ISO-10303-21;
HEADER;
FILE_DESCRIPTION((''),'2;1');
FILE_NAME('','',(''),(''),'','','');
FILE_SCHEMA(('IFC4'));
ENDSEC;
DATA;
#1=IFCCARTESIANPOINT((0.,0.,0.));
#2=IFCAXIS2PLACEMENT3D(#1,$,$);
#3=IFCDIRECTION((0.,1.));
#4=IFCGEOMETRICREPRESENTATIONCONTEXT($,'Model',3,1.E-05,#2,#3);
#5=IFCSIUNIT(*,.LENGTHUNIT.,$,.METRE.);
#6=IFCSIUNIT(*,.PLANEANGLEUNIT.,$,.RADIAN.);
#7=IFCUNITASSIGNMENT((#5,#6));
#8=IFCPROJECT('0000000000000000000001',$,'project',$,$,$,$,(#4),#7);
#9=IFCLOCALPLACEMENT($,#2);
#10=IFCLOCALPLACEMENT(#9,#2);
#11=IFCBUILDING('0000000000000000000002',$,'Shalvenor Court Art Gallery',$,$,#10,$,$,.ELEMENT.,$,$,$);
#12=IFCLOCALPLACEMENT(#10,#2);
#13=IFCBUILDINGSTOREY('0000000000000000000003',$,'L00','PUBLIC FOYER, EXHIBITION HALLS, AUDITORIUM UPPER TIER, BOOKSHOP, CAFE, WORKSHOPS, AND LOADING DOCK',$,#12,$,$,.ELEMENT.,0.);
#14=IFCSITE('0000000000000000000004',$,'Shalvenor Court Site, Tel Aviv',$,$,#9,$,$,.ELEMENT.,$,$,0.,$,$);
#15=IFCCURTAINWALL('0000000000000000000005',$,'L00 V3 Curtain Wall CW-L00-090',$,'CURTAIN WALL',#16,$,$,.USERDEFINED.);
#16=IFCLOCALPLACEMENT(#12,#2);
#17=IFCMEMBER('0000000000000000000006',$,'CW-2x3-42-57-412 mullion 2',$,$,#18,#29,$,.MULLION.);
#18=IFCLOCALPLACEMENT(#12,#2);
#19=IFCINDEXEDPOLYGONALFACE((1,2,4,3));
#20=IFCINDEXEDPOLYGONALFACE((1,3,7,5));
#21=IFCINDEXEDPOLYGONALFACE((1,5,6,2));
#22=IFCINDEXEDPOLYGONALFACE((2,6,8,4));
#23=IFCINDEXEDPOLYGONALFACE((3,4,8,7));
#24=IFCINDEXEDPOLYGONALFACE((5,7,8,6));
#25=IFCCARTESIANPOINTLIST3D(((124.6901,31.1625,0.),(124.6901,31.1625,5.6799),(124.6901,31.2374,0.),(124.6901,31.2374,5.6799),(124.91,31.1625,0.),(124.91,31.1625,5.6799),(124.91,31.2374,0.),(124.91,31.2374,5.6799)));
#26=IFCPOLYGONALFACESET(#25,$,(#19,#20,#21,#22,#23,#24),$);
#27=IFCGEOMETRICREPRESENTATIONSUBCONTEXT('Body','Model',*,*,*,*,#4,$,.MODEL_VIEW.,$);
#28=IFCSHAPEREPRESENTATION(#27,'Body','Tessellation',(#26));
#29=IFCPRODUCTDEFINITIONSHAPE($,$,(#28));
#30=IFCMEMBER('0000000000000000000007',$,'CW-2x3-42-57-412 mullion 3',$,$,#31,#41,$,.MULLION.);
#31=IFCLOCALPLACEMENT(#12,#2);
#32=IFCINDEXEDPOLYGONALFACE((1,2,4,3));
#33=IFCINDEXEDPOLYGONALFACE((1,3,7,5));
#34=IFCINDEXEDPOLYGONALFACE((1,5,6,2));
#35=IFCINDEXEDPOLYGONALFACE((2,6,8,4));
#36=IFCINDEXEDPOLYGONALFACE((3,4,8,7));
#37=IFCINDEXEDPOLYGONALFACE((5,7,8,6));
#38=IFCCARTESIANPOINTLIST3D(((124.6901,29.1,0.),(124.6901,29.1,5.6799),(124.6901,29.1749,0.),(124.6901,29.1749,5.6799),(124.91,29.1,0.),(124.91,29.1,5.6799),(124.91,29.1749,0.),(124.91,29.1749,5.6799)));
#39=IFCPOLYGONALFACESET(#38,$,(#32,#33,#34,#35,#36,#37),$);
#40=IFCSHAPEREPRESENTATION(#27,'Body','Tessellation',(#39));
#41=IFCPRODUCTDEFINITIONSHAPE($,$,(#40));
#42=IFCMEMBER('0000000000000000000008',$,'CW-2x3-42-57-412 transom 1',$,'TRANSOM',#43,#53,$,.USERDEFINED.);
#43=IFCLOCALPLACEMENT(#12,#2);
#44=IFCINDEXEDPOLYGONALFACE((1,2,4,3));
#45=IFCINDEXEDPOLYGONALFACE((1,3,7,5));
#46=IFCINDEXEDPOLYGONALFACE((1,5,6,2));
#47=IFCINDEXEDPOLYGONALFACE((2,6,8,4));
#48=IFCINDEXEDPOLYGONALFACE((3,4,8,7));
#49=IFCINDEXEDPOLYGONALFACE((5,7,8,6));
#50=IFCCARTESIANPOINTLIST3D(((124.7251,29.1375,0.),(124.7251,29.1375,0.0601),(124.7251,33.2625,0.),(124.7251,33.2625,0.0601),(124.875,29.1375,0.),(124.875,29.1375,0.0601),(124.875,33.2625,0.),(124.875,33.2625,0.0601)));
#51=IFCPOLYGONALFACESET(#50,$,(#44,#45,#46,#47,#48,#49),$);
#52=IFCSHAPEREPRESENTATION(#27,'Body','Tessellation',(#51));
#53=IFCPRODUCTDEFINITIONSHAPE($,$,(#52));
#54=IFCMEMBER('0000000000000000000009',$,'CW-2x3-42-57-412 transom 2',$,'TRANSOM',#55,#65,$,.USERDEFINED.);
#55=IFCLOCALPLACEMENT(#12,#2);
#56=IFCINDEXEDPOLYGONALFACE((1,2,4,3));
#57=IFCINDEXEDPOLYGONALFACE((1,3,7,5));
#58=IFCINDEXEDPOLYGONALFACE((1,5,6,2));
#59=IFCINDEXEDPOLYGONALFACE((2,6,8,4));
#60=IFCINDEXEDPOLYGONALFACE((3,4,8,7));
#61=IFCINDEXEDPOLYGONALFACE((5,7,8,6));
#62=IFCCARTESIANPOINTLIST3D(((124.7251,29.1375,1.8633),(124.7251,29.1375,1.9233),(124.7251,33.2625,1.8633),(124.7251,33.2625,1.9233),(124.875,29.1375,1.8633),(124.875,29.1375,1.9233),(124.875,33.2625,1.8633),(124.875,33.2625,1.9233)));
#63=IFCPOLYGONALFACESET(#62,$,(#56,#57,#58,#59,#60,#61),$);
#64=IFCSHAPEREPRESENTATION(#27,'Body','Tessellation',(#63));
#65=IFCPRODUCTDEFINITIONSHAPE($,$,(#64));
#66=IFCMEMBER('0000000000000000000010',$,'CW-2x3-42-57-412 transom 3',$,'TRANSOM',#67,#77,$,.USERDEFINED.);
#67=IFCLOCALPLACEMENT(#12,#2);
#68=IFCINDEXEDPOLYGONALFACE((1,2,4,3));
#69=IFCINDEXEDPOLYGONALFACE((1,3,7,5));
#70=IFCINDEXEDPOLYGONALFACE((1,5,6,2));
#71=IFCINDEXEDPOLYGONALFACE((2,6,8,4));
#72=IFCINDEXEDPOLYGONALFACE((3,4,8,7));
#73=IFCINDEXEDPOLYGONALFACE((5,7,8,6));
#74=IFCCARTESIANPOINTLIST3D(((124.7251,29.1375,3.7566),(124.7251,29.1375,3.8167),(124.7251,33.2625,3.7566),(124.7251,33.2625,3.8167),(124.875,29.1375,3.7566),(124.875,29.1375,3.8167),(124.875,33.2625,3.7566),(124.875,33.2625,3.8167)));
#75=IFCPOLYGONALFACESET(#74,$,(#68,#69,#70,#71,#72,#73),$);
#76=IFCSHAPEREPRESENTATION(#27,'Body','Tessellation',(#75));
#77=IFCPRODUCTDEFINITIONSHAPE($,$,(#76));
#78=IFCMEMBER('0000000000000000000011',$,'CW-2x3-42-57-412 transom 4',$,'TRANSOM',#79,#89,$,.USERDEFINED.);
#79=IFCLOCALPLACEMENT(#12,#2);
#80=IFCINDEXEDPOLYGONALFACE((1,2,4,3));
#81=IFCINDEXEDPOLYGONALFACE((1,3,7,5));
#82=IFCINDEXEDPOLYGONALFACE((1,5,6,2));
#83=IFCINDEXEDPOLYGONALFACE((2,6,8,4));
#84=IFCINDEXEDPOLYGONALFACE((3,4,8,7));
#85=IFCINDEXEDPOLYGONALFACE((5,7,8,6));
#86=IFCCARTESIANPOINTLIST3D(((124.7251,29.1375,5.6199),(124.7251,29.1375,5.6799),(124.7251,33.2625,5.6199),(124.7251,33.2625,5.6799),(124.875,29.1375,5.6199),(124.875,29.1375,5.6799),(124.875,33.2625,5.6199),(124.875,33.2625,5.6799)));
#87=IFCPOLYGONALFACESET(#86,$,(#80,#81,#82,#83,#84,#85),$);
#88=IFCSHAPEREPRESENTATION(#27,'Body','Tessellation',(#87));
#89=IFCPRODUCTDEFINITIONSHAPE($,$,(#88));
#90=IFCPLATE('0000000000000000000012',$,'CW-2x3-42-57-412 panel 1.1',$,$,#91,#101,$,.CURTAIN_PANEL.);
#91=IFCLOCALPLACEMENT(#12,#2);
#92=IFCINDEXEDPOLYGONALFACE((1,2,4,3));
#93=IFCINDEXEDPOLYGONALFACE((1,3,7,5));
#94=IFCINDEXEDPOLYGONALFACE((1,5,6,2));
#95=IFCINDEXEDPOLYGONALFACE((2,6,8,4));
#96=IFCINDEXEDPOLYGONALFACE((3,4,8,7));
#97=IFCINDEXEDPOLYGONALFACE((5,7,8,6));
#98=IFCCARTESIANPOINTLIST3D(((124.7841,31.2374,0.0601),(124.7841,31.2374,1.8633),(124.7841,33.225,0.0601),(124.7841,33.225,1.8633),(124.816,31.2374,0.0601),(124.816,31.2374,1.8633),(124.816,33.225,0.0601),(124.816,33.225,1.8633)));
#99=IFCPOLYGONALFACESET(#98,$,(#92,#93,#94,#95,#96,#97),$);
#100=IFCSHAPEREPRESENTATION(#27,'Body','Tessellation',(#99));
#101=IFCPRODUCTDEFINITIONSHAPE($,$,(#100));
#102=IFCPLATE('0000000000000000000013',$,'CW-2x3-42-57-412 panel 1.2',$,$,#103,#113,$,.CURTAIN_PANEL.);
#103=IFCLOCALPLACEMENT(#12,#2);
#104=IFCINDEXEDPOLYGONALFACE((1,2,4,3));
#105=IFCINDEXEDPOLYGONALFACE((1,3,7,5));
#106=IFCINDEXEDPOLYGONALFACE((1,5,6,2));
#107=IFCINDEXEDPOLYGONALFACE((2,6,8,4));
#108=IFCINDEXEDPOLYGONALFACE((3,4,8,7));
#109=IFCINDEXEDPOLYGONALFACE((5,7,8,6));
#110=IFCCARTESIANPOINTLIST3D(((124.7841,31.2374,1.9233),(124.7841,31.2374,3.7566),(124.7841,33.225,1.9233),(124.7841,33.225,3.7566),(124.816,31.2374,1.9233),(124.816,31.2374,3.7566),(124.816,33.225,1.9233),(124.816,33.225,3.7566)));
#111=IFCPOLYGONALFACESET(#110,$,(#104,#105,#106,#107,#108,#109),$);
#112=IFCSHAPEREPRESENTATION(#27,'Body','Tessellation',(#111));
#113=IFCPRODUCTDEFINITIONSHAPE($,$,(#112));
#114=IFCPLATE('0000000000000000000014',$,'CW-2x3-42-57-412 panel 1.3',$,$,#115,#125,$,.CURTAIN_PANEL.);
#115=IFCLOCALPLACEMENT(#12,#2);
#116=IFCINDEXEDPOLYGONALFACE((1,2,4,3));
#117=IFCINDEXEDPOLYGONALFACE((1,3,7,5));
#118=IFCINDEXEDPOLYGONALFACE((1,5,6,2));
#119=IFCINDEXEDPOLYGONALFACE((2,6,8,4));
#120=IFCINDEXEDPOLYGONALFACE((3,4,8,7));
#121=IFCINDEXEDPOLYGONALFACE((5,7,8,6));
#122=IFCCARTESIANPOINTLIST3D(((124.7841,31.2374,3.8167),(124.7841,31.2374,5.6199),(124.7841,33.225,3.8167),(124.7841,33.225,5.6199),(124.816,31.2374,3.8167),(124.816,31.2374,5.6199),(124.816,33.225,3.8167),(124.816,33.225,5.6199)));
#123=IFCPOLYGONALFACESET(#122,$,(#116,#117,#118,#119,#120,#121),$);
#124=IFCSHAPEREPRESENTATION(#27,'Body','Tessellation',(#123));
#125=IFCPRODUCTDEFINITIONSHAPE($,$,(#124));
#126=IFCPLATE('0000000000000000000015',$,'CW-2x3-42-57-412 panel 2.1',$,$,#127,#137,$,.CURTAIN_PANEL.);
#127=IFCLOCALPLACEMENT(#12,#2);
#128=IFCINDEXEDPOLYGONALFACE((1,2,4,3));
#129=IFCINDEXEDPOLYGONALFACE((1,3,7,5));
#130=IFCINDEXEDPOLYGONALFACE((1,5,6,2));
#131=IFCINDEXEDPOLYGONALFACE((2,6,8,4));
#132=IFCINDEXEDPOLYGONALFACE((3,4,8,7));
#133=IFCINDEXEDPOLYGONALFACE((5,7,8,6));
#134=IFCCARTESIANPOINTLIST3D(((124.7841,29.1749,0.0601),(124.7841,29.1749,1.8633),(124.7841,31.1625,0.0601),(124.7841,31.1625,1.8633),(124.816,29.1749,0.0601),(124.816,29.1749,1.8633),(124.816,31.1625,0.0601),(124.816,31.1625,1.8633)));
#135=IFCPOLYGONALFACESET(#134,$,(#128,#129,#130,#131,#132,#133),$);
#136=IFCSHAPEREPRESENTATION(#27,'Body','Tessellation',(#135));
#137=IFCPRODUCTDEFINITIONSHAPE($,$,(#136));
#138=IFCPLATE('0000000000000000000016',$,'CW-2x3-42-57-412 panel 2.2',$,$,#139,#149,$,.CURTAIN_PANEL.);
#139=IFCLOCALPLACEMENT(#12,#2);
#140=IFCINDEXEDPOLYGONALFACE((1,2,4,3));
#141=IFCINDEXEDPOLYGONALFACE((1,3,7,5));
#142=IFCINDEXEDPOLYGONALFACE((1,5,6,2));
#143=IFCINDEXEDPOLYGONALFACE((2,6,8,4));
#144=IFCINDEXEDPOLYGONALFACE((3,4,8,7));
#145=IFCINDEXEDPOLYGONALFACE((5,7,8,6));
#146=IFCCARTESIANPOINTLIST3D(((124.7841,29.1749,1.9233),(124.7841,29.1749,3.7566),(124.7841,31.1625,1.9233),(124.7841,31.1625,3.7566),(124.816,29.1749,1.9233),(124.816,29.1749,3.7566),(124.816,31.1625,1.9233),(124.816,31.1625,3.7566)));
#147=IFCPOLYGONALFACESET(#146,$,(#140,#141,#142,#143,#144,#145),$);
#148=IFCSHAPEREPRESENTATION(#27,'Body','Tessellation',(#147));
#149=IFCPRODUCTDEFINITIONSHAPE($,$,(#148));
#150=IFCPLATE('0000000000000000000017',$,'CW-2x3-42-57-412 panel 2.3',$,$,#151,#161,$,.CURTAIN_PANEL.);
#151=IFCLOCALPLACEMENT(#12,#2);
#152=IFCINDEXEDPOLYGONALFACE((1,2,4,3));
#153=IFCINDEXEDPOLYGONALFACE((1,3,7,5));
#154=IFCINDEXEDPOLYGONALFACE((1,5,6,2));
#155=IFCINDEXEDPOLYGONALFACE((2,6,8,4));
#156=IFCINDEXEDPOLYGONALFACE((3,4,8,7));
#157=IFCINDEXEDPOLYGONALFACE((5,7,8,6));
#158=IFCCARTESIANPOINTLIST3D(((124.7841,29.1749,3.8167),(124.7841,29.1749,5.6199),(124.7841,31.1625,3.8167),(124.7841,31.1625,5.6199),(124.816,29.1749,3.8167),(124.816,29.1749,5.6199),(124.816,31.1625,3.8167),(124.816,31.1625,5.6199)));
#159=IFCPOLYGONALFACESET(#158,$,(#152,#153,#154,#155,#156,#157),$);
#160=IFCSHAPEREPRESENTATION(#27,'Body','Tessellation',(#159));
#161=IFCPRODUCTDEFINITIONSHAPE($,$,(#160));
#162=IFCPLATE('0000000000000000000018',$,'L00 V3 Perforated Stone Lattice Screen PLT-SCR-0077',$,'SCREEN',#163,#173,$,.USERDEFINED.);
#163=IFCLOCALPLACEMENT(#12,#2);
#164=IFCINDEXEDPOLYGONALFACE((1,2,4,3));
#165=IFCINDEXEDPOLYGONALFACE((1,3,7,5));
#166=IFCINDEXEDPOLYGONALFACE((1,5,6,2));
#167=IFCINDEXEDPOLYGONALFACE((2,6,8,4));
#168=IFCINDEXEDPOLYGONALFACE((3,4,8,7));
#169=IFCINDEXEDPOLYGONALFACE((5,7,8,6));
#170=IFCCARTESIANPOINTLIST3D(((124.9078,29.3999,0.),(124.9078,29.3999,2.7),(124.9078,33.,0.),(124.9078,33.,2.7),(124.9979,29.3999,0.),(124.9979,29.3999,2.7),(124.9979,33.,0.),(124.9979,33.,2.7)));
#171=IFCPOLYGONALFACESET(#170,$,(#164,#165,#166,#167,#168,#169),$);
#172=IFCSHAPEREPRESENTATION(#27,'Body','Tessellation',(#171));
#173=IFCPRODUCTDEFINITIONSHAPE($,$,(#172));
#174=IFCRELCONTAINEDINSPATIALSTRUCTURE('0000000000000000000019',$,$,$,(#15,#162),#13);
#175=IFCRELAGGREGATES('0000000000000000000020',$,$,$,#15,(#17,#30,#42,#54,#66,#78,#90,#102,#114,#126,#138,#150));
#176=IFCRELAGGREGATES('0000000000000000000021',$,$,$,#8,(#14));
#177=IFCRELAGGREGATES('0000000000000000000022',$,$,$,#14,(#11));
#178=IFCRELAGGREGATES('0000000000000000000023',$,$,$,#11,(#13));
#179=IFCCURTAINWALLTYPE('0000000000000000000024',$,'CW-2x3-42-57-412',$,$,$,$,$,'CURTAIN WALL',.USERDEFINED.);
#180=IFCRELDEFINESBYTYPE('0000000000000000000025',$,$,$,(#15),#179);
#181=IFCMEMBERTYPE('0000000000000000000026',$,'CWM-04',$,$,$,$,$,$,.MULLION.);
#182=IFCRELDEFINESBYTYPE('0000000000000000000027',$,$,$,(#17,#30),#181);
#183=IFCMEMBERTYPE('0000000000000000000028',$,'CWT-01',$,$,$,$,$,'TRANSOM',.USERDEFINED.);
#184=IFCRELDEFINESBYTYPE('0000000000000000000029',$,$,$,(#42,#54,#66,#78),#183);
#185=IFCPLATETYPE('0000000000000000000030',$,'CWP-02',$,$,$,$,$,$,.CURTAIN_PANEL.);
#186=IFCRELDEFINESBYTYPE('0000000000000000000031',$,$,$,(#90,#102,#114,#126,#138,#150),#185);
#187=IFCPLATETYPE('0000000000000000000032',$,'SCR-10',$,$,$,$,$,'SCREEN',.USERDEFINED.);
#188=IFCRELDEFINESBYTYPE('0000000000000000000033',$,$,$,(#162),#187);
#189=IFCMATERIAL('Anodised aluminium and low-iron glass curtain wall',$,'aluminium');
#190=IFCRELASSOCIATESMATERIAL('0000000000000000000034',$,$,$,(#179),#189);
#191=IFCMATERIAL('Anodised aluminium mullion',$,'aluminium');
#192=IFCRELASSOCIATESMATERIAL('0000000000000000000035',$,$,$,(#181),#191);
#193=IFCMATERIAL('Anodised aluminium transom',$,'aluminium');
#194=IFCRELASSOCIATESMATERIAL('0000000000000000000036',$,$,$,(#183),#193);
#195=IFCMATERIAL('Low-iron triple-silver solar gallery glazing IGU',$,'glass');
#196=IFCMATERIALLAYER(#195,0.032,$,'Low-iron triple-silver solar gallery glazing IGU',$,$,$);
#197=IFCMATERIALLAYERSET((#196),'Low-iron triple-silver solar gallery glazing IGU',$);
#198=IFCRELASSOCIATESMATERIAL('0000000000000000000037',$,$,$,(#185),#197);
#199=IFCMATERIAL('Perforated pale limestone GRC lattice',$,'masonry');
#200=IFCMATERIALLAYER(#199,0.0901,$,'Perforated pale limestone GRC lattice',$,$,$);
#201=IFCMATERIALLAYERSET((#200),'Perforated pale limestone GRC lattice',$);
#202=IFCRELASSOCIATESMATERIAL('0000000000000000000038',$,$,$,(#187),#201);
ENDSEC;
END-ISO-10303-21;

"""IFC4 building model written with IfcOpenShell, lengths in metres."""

from ifc_helpers import new_model, si_unit, direction, frame, origin, origin_2d, place, context, subcontext, project, spatial, rectangle, extrude, material, layer, layer_set, material_profile, profile_set, type_object, element, aggregate, save


model = new_model("IFC4")

# Units and contexts
model_context = context("Model", 3, precision=1e-05, world=origin(), true_north=direction((0.0, 1.0)))
body_context = subcontext(model_context, "Body", "Model", "MODEL_VIEW")
ifc_project = project(units=[si_unit("LENGTHUNIT", "METRE"), si_unit("PLANEANGLEUNIT", "RADIAN")], contexts=[model_context])

# Site, building, storey
site_placement = place(None, origin())
site = spatial("IfcSite", under=ifc_project, at=site_placement, Name="Shalvenor Court Site, Tel Aviv", CompositionType="ELEMENT", RefElevation=0.0)
building_placement = place(site_placement, origin())
building = spatial("IfcBuilding", under=site, at=building_placement, Name="Shalvenor Court Art Gallery", CompositionType="ELEMENT")
storey_placement = place(building_placement, origin())
storey = spatial("IfcBuildingStorey", under=building, at=storey_placement, Name="L00", Description="PUBLIC FOYER, EXHIBITION HALLS, AUDITORIUM UPPER TIER, BOOKSHOP, CAFE, WORKSHOPS, AND LOADING DOCK", CompositionType="ELEMENT", Elevation=0.0)

# Curtain wall, members, plates
ifc_material_1 = material(Name="Anodised aluminium and low-iron glass curtain wall", Category="aluminium")
curtain_wall_type = type_object("IfcCurtainWallType", Name="CW-2x3-42-57-412", ElementType="CURTAIN WALL", PredefinedType="USERDEFINED", material=ifc_material_1)
curtain_wall_placement = place(storey_placement, origin())
curtain_wall = element("IfcCurtainWall", 1, at=curtain_wall_placement, inside=storey, type_object=curtain_wall_type, Name="L00 V3 Curtain Wall CW-L00-090", ObjectType="CURTAIN WALL", PredefinedType="USERDEFINED")
ifc_material_2 = material(Name="Anodised aluminium mullion", Category="aluminium")
ifc_material_profile_1 = material_profile(ifc_material_2, rectangle(XDim=0.075, YDim=0.22, at=origin_2d()), Name="CWM-04")
ifc_profile_set_1 = profile_set([ifc_material_profile_1], Name="Anodised aluminium mullion")
member_type_1 = type_object("IfcMemberType", Name="CWM-04", PredefinedType="MULLION", material=ifc_profile_set_1)
member_1_placement = place(storey_placement, frame((124.8, 31.2, 0.0), z_axis=(0.0, 0.0, 1.0), x_axis=(0.0, -1.0, 0.0)))
member_1 = element("IfcMember", 2, at=member_1_placement, type_object=member_type_1, Name="CW-2x3-42-57-412 mullion 2", PredefinedType="MULLION", context=body_context, shape_type="SweptSolid", body=[
    extrude(rectangle(XDim=0.075, YDim=0.22, at=origin_2d()), origin(), (0.0, 0.0, 1.0), 5.6799),
])
member_2_placement = place(storey_placement, frame((124.8, 29.1375, 0.0), z_axis=(0.0, 0.0, 1.0), x_axis=(0.0, -1.0, 0.0)))
member_2 = element("IfcMember", 3, at=member_2_placement, type_object=member_type_1, Name="CW-2x3-42-57-412 mullion 3", PredefinedType="MULLION", context=body_context, shape_type="SweptSolid", body=[
    extrude(rectangle(XDim=0.075, YDim=0.22, at=origin_2d()), origin(), (0.0, 0.0, 1.0), 5.6799),
])
ifc_material_3 = material(Name="Anodised aluminium transom", Category="aluminium")
ifc_material_profile_2 = material_profile(ifc_material_3, rectangle(XDim=0.1499, YDim=0.0601, at=origin_2d()), Name="CWT-01")
ifc_profile_set_2 = profile_set([ifc_material_profile_2], Name="Anodised aluminium transom")
member_type_2 = type_object("IfcMemberType", Name="CWT-01", ElementType="TRANSOM", PredefinedType="USERDEFINED", material=ifc_profile_set_2)
member_3_placement = place(storey_placement, frame((124.8, 33.2625, 0.03), z_axis=(0.0, -1.0, 0.0), x_axis=(1.0, 0.0, 0.0)))
member_3 = element("IfcMember", 4, at=member_3_placement, type_object=member_type_2, Name="CW-2x3-42-57-412 transom 1", ObjectType="TRANSOM", PredefinedType="USERDEFINED", context=body_context, shape_type="SweptSolid", body=[
    extrude(rectangle(XDim=0.1499, YDim=0.0601, at=origin_2d()), origin(), (0.0, 0.0, 1.0), 4.125),
])
member_4_placement = place(storey_placement, frame((124.8, 33.2625, 1.8933), z_axis=(0.0, -1.0, 0.0), x_axis=(1.0, 0.0, 0.0)))
member_4 = element("IfcMember", 5, at=member_4_placement, type_object=member_type_2, Name="CW-2x3-42-57-412 transom 2", ObjectType="TRANSOM", PredefinedType="USERDEFINED", context=body_context, shape_type="SweptSolid", body=[
    extrude(rectangle(XDim=0.1499, YDim=0.0601, at=origin_2d()), origin(), (0.0, 0.0, 1.0), 4.125),
])
member_5_placement = place(storey_placement, frame((124.8, 33.2625, 3.7866), z_axis=(0.0, -1.0, 0.0), x_axis=(1.0, 0.0, 0.0)))
member_5 = element("IfcMember", 6, at=member_5_placement, type_object=member_type_2, Name="CW-2x3-42-57-412 transom 3", ObjectType="TRANSOM", PredefinedType="USERDEFINED", context=body_context, shape_type="SweptSolid", body=[
    extrude(rectangle(XDim=0.1499, YDim=0.0601, at=origin_2d()), origin(), (0.0, 0.0, 1.0), 4.125),
])
member_6_placement = place(storey_placement, frame((124.8, 33.2625, 5.6499), z_axis=(0.0, -1.0, 0.0), x_axis=(1.0, 0.0, 0.0)))
member_6 = element("IfcMember", 7, at=member_6_placement, type_object=member_type_2, Name="CW-2x3-42-57-412 transom 4", ObjectType="TRANSOM", PredefinedType="USERDEFINED", context=body_context, shape_type="SweptSolid", body=[
    extrude(rectangle(XDim=0.1499, YDim=0.0601, at=origin_2d()), origin(), (0.0, 0.0, 1.0), 4.125),
])
ifc_material_4 = material(Name="Low-iron triple-silver solar gallery glazing IGU", Category="glass")
ifc_layer_1 = layer(ifc_material_4, 0.032, Name="Low-iron triple-silver solar gallery glazing IGU")
ifc_layer_set_1 = layer_set([ifc_layer_1], Name="Low-iron triple-silver solar gallery glazing IGU")
plate_type_1 = type_object("IfcPlateType", Name="CWP-02", PredefinedType="CURTAIN_PANEL", material=ifc_layer_set_1)
plate_1_placement = place(storey_placement, frame((124.8, 32.2312, 0.0601), z_axis=(0.0, 0.0, 1.0), x_axis=(0.0, -1.0, 0.0)))
plate_1 = element("IfcPlate", 8, at=plate_1_placement, type_object=plate_type_1, Name="CW-2x3-42-57-412 panel 1.1", PredefinedType="CURTAIN_PANEL", context=body_context, shape_type="SweptSolid", body=[
    extrude(rectangle(XDim=1.9875, YDim=0.032, at=origin_2d()), origin(), (0.0, 0.0, 1.0), 1.8032),
])
plate_2_placement = place(storey_placement, frame((124.8, 32.2312, 1.9233), z_axis=(0.0, 0.0, 1.0), x_axis=(0.0, -1.0, 0.0)))
plate_2 = element("IfcPlate", 9, at=plate_2_placement, type_object=plate_type_1, Name="CW-2x3-42-57-412 panel 1.2", PredefinedType="CURTAIN_PANEL", context=body_context, shape_type="SweptSolid", body=[
    extrude(rectangle(XDim=1.9875, YDim=0.032, at=origin_2d()), origin(), (0.0, 0.0, 1.0), 1.8333),
])
plate_3_placement = place(storey_placement, frame((124.8, 32.2312, 3.8167), z_axis=(0.0, 0.0, 1.0), x_axis=(0.0, -1.0, 0.0)))
plate_3 = element("IfcPlate", 10, at=plate_3_placement, type_object=plate_type_1, Name="CW-2x3-42-57-412 panel 1.3", PredefinedType="CURTAIN_PANEL", context=body_context, shape_type="SweptSolid", body=[
    extrude(rectangle(XDim=1.9875, YDim=0.032, at=origin_2d()), origin(), (0.0, 0.0, 1.0), 1.8032),
])
plate_4_placement = place(storey_placement, frame((124.8, 30.1687, 0.0601), z_axis=(0.0, 0.0, 1.0), x_axis=(0.0, -1.0, 0.0)))
plate_4 = element("IfcPlate", 11, at=plate_4_placement, type_object=plate_type_1, Name="CW-2x3-42-57-412 panel 2.1", PredefinedType="CURTAIN_PANEL", context=body_context, shape_type="SweptSolid", body=[
    extrude(rectangle(XDim=1.9875, YDim=0.032, at=origin_2d()), origin(), (0.0, 0.0, 1.0), 1.8032),
])
plate_5_placement = place(storey_placement, frame((124.8, 30.1687, 1.9233), z_axis=(0.0, 0.0, 1.0), x_axis=(0.0, -1.0, 0.0)))
plate_5 = element("IfcPlate", 12, at=plate_5_placement, type_object=plate_type_1, Name="CW-2x3-42-57-412 panel 2.2", PredefinedType="CURTAIN_PANEL", context=body_context, shape_type="SweptSolid", body=[
    extrude(rectangle(XDim=1.9875, YDim=0.032, at=origin_2d()), origin(), (0.0, 0.0, 1.0), 1.8333),
])
plate_6_placement = place(storey_placement, frame((124.8, 30.1687, 3.8167), z_axis=(0.0, 0.0, 1.0), x_axis=(0.0, -1.0, 0.0)))
plate_6 = element("IfcPlate", 13, at=plate_6_placement, type_object=plate_type_1, Name="CW-2x3-42-57-412 panel 2.3", PredefinedType="CURTAIN_PANEL", context=body_context, shape_type="SweptSolid", body=[
    extrude(rectangle(XDim=1.9875, YDim=0.032, at=origin_2d()), origin(), (0.0, 0.0, 1.0), 1.8032),
])
aggregate(curtain_wall, [member_1, member_2, member_3, member_4, member_5, member_6, plate_1, plate_2, plate_3, plate_4, plate_5, plate_6])

# Plate
ifc_material_5 = material(Name="Perforated pale limestone GRC lattice", Category="masonry")
ifc_layer_2 = layer(ifc_material_5, 0.0901, Name="Perforated pale limestone GRC lattice")
ifc_layer_set_2 = layer_set([ifc_layer_2], Name="Perforated pale limestone GRC lattice")
plate_type_2 = type_object("IfcPlateType", Name="SCR-10", ElementType="SCREEN", PredefinedType="USERDEFINED", material=ifc_layer_set_2)
plate_7_placement = place(storey_placement, frame((124.9529, 31.2, 0.0), z_axis=(0.0, 0.0, 1.0), x_axis=(0.0, -1.0, 0.0)))
element("IfcPlate", 14, at=plate_7_placement, inside=storey, type_object=plate_type_2, Name="L00 V3 Perforated Stone Lattice Screen PLT-SCR-0077", ObjectType="SCREEN", PredefinedType="USERDEFINED", context=body_context, shape_type="SweptSolid", body=[
    extrude(rectangle(XDim=3.6001, YDim=0.0901, at=origin_2d()), origin(), (0.0, 0.0, 1.0), 2.7),
])

save(model, "model.ifc")
